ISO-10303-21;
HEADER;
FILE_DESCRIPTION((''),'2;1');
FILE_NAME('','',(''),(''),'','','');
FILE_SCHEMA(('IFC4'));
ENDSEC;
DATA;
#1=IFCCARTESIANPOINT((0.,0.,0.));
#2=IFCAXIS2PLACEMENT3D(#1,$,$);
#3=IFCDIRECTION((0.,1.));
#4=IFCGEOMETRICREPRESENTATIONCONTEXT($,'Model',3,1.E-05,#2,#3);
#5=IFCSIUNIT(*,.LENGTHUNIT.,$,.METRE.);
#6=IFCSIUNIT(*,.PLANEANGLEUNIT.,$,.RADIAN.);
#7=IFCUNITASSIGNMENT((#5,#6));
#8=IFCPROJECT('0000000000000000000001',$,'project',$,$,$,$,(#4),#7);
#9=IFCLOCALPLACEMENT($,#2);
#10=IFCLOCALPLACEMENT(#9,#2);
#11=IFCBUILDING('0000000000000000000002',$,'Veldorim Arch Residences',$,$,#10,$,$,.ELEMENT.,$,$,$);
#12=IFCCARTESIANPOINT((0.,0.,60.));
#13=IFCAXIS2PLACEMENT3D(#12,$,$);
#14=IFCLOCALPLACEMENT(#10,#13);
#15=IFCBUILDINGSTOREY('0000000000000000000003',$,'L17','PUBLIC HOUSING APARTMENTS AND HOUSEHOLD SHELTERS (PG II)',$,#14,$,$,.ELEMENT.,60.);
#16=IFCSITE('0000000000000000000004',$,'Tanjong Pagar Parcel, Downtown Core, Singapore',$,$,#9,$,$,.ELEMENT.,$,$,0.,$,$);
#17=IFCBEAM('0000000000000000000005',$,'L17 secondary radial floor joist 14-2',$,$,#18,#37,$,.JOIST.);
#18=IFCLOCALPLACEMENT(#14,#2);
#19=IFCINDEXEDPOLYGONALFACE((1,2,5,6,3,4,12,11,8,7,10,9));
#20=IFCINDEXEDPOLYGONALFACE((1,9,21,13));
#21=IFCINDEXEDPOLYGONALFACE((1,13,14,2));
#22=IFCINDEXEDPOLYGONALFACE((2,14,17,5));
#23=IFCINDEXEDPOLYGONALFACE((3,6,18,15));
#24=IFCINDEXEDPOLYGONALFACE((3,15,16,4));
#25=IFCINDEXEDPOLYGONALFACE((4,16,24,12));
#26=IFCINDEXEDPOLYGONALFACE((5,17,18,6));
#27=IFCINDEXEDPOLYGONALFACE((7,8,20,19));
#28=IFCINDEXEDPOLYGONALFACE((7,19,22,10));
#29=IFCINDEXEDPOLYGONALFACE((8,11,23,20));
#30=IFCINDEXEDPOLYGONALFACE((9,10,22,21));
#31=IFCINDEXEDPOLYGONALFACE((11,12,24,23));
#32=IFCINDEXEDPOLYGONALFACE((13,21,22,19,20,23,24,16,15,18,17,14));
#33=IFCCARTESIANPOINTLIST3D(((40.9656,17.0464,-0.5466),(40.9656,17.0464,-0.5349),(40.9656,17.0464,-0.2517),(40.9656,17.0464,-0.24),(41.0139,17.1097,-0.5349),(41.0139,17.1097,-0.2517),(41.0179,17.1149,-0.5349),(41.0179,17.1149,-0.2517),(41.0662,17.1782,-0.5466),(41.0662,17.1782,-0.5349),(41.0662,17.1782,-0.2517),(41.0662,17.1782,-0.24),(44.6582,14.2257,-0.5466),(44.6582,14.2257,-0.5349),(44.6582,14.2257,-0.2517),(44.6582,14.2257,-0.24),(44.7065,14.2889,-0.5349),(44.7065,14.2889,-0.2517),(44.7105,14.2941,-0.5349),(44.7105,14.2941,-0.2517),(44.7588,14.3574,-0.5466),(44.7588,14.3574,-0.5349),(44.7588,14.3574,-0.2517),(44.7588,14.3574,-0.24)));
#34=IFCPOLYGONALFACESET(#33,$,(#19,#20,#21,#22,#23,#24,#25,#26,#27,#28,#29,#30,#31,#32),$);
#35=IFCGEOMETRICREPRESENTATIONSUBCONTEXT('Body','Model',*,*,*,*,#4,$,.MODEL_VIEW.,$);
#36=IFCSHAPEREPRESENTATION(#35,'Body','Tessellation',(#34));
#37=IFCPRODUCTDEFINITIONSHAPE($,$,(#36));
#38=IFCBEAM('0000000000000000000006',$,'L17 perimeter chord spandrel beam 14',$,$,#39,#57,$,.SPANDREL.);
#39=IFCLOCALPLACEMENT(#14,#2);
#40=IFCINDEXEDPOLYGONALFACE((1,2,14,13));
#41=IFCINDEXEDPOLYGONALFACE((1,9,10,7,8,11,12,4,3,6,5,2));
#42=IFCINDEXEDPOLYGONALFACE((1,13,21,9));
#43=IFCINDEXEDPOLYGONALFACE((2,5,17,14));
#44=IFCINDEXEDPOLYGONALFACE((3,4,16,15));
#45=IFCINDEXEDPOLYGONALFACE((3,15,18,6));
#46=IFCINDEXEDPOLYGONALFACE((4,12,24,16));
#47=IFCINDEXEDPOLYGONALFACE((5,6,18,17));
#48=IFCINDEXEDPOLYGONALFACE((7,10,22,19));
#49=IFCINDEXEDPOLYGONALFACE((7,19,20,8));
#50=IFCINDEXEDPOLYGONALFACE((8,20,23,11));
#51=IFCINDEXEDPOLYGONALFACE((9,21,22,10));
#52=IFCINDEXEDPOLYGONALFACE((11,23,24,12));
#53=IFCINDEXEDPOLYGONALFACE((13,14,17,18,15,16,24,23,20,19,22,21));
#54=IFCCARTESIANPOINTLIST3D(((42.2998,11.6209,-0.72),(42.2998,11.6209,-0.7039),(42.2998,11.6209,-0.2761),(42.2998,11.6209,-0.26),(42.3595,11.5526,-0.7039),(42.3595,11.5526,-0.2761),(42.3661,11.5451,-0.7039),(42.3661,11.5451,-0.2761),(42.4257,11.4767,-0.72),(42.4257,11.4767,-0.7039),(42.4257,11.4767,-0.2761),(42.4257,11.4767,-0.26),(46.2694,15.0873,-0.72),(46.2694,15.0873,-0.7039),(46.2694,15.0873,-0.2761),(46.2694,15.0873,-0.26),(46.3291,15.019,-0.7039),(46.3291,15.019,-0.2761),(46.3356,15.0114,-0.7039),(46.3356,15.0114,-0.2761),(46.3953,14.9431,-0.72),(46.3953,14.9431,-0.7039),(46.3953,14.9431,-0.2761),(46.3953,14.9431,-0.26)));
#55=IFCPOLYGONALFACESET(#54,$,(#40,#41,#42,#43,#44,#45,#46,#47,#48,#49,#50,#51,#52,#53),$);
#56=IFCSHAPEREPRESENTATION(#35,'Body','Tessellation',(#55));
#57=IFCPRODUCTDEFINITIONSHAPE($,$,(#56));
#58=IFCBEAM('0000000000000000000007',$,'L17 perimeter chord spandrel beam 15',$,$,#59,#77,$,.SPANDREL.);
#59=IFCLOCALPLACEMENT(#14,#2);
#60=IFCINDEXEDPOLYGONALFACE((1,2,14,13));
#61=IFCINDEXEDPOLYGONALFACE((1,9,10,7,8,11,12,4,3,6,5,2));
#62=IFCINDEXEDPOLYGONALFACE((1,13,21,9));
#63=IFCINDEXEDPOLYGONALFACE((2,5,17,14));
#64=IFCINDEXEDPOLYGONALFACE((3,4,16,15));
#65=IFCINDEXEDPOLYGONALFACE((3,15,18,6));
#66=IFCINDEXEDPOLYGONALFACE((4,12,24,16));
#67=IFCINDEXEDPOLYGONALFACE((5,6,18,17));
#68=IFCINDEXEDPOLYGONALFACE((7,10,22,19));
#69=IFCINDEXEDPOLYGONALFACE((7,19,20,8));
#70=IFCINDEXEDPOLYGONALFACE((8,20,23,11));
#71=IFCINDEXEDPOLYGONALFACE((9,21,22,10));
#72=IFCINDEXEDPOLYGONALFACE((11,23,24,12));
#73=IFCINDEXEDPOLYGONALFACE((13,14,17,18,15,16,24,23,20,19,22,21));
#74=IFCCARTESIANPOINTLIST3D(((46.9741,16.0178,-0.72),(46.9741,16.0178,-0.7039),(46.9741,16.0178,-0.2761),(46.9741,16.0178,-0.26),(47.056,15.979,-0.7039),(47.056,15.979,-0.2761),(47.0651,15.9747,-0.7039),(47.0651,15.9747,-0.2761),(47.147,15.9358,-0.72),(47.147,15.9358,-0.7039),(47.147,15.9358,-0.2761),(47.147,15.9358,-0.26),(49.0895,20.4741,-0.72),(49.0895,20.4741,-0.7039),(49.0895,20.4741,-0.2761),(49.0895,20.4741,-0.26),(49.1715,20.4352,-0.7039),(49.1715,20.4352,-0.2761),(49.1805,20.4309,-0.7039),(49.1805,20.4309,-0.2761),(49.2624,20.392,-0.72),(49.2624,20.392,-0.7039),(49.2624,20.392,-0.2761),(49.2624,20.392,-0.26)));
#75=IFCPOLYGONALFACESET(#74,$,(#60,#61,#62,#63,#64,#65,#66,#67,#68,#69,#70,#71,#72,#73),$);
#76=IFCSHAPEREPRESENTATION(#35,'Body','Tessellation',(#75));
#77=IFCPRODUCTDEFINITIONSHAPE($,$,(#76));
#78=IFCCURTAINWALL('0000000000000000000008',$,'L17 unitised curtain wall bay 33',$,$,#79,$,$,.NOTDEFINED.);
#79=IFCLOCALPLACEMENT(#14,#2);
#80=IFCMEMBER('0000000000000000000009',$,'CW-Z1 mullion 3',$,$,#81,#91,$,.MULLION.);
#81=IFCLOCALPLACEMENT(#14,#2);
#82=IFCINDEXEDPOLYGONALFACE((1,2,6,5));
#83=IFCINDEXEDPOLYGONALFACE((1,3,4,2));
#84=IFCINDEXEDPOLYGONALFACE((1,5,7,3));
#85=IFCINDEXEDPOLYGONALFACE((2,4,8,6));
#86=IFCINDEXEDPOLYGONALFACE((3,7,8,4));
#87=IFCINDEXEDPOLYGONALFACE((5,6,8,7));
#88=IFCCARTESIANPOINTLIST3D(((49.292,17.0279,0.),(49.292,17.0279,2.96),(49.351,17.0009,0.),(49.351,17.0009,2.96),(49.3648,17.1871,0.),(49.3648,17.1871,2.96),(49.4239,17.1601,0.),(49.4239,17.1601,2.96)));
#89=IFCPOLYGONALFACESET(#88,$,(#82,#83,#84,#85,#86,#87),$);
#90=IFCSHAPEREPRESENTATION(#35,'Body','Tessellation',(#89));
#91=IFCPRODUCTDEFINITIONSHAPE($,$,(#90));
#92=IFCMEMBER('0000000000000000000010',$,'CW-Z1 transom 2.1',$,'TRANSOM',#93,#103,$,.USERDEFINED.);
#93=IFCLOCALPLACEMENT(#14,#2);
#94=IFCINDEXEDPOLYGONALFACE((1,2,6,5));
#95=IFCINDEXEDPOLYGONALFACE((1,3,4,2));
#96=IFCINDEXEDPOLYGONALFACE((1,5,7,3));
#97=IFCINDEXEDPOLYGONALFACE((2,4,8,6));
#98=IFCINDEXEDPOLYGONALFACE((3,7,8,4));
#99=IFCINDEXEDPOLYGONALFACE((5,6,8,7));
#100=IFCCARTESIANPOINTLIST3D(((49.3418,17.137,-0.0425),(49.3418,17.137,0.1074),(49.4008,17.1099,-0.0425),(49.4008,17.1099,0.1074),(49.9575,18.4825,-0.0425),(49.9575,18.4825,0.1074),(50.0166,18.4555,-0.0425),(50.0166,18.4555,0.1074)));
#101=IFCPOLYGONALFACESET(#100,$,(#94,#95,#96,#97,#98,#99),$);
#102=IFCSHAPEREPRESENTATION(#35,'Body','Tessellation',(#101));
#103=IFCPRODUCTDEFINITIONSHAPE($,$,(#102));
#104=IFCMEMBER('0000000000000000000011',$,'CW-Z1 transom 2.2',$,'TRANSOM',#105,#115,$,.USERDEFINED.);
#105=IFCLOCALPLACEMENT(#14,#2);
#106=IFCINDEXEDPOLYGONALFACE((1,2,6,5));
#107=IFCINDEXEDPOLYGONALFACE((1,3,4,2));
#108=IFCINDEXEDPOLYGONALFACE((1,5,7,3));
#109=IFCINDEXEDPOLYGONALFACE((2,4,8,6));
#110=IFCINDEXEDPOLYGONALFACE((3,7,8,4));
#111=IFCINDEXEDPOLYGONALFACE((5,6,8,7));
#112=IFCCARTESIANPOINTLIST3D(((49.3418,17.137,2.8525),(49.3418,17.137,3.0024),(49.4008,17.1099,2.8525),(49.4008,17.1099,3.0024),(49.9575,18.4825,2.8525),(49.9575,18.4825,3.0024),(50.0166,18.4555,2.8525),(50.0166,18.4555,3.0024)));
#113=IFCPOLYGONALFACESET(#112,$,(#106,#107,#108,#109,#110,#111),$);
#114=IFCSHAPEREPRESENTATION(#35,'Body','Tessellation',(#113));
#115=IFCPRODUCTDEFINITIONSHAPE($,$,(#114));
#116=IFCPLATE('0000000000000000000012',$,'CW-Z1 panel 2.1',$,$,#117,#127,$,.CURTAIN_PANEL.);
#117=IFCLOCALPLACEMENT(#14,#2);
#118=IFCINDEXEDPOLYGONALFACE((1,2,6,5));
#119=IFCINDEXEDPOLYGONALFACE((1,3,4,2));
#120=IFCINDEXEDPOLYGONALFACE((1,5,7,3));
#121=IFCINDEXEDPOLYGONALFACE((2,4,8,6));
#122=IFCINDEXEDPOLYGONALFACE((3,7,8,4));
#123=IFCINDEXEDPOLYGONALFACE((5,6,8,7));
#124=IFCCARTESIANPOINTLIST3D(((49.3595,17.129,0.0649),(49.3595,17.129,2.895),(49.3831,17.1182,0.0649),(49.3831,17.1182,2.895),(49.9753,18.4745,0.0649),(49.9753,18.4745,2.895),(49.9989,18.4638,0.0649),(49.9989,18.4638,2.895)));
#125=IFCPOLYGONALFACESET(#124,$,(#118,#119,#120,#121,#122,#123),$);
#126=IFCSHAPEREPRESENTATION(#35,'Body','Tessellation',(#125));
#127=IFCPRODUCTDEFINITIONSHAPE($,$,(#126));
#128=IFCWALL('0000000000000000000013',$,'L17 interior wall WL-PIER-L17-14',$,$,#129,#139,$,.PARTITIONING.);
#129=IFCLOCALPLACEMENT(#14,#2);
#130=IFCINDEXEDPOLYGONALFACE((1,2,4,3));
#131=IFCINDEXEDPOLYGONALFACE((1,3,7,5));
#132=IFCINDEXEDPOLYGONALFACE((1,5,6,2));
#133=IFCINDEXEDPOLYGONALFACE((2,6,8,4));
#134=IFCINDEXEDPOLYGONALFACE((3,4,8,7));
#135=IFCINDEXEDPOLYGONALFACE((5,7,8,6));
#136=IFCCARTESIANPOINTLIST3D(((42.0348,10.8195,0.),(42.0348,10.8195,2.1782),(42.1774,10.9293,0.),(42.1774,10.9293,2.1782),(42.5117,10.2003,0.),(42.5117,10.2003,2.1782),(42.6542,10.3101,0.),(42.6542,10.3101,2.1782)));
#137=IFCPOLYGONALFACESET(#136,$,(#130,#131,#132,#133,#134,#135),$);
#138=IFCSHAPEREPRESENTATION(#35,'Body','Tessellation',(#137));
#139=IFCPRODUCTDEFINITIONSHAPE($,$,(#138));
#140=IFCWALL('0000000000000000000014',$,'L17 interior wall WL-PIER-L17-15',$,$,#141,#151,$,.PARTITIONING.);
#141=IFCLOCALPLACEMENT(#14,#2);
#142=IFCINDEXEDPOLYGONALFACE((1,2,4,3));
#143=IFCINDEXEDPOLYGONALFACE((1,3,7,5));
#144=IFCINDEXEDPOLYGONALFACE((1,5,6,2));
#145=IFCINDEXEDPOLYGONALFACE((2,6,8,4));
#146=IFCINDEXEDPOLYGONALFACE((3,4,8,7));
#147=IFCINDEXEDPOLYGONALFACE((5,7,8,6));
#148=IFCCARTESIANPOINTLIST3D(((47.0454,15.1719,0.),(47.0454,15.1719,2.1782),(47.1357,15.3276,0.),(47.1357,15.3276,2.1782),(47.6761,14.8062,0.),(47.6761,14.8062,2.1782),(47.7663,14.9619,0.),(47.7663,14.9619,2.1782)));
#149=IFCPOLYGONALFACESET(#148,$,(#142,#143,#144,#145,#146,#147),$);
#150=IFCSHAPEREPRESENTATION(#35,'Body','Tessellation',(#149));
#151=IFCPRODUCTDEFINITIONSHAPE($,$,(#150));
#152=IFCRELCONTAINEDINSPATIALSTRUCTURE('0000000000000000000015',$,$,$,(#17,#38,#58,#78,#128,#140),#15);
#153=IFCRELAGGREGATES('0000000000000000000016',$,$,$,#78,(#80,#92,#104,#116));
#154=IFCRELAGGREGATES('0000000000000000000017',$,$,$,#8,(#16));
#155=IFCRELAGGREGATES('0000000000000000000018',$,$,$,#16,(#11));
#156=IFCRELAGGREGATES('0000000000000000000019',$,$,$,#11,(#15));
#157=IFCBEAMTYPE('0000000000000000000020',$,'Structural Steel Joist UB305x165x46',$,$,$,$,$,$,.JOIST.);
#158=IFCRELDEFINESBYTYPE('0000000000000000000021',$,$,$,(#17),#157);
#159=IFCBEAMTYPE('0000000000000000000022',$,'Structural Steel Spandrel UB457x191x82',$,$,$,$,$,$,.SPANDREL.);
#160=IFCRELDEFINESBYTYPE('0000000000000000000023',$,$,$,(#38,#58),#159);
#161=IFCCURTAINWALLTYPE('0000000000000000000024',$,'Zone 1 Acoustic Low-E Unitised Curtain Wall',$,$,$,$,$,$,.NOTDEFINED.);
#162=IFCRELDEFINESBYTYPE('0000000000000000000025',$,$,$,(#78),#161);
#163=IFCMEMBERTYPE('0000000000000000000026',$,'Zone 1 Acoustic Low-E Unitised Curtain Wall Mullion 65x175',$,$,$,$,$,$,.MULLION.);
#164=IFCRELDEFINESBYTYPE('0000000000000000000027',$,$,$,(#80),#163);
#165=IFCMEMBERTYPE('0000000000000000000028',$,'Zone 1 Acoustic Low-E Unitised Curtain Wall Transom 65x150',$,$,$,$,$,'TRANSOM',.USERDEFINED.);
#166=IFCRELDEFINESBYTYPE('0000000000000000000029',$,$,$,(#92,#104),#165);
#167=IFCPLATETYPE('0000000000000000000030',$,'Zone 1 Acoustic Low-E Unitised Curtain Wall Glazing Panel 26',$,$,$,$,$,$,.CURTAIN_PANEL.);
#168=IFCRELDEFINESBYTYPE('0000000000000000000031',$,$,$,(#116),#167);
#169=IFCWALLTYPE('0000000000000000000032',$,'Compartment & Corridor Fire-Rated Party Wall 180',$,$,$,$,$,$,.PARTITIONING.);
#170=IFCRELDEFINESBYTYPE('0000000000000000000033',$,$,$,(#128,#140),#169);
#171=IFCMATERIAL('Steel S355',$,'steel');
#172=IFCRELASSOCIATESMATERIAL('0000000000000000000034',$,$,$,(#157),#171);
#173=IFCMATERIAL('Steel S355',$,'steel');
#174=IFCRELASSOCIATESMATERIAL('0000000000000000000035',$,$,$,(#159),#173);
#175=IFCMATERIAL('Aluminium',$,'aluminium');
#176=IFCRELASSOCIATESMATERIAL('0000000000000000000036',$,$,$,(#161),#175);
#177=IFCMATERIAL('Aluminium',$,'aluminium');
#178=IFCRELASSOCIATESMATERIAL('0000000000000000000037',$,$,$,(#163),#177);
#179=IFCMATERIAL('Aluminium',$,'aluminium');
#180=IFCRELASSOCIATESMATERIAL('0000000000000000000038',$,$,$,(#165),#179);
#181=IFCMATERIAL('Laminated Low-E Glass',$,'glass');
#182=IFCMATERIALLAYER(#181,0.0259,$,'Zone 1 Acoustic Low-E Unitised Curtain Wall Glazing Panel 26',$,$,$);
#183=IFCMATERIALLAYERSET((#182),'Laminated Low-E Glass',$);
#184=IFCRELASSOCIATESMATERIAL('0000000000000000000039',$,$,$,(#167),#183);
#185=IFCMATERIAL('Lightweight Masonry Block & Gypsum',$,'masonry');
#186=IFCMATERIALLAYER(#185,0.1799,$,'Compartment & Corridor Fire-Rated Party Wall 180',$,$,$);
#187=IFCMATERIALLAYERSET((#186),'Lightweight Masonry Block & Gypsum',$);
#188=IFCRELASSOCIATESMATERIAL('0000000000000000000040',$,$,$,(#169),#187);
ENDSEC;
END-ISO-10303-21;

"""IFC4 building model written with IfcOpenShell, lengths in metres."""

from ifc_helpers import new_model, si_unit, direction, frame, frame_2d, origin, origin_2d, place, context, subcontext, project, spatial, rectangle, i_section, extrude, material, layer, layer_set, material_profile, profile_set, type_object, element, aggregate, save


model = new_model("IFC4")

# Units and contexts
model_context = context("Model", 3, precision=1e-05, world=origin(), true_north=direction((0.0, 1.0)))
body_context = subcontext(model_context, "Body", "Model", "MODEL_VIEW")
ifc_project = project(units=[si_unit("LENGTHUNIT", "METRE"), si_unit("PLANEANGLEUNIT", "RADIAN")], contexts=[model_context])

# Site, building, storey
site_placement = place(None, origin())
site = spatial("IfcSite", under=ifc_project, at=site_placement, Name="Tanjong Pagar Parcel, Downtown Core, Singapore", CompositionType="ELEMENT", RefElevation=0.0)
building_placement = place(site_placement, origin())
building = spatial("IfcBuilding", under=site, at=building_placement, Name="Veldorim Arch Residences", CompositionType="ELEMENT")
storey_placement = place(building_placement, frame((0.0, 0.0, 60.0)))
storey = spatial("IfcBuildingStorey", under=building, at=storey_placement, Name="L17", Description="PUBLIC HOUSING APARTMENTS AND HOUSEHOLD SHELTERS (PG II)", CompositionType="ELEMENT", Elevation=60.0)

# Beams
ifc_material_1 = material(Name="Steel S355", Category="steel")
ifc_material_profile_1 = material_profile(ifc_material_1, i_section(OverallWidth=0.1658, OverallDepth=0.3066, WebThickness=0.0066, FlangeThickness=0.0117, at=origin_2d()), Name="UB305x165x46")
ifc_profile_set_1 = profile_set([ifc_material_profile_1], Name="Steel S355")
beam_type_1 = type_object("IfcBeamType", Name="Structural Steel Joist UB305x165x46", PredefinedType="JOIST", material=ifc_profile_set_1)
beam_1_placement = place(storey_placement, frame((41.0159, 17.1123, -0.3933), z_axis=(0.794666, -0.607046, 0.0), x_axis=(0.607046, 0.794666, 0.0)))
element("IfcBeam", 1, at=beam_1_placement, inside=storey, type_object=beam_type_1, Name="L17 secondary radial floor joist 14-2", PredefinedType="JOIST", context=body_context, shape_type="SweptSolid", body=[
    extrude(i_section(OverallWidth=0.1658, OverallDepth=0.3066, WebThickness=0.0066, FlangeThickness=0.0117, at=origin_2d()), origin(), (0.0, 0.0, 1.0), 4.6467),
])
ifc_material_2 = material(Name="Steel S355", Category="steel")
ifc_material_profile_2 = material_profile(ifc_material_2, i_section(OverallWidth=0.1914, OverallDepth=0.46, WebThickness=0.01, FlangeThickness=0.0161, at=origin_2d()), Name="UB457x191x82")
ifc_profile_set_2 = profile_set([ifc_material_profile_2], Name="Steel S355")
beam_type_2 = type_object("IfcBeamType", Name="Structural Steel Spandrel UB457x191x82", PredefinedType="SPANDREL", material=ifc_profile_set_2)
beam_2_placement = place(storey_placement, frame((42.3628, 11.5488, -0.49), z_axis=(0.753234, 0.657753, 0.0), x_axis=(-0.657753, 0.753234, 0.0)))
element("IfcBeam", 2, at=beam_2_placement, inside=storey, type_object=beam_type_2, Name="L17 perimeter chord spandrel beam 14", PredefinedType="SPANDREL", context=body_context, shape_type="SweptSolid", body=[
    extrude(i_section(OverallWidth=0.1914, OverallDepth=0.46, WebThickness=0.01, FlangeThickness=0.0161, at=origin_2d()), origin(), (0.0, 0.0, 1.0), 5.27),
])
beam_3_placement = place(storey_placement, frame((47.0605, 15.9768, -0.49), z_axis=(0.428848, 0.903377, 0.0), x_axis=(-0.903377, 0.428848, 0.0)))
element("IfcBeam", 3, at=beam_3_placement, inside=storey, type_object=beam_type_2, Name="L17 perimeter chord spandrel beam 15", PredefinedType="SPANDREL", context=body_context, shape_type="SweptSolid", body=[
    extrude(i_section(OverallWidth=0.1914, OverallDepth=0.46, WebThickness=0.01, FlangeThickness=0.0161, at=origin_2d()), origin(), (0.0, 0.0, 1.0), 4.9329),
])

# Curtain wall, members, plate
ifc_material_3 = material(Name="Aluminium", Category="aluminium")
curtain_wall_type = type_object("IfcCurtainWallType", Name="Zone 1 Acoustic Low-E Unitised Curtain Wall", PredefinedType="NOTDEFINED", material=ifc_material_3)
curtain_wall_placement = place(storey_placement, origin())
curtain_wall = element("IfcCurtainWall", 4, at=curtain_wall_placement, inside=storey, type_object=curtain_wall_type, Name="L17 unitised curtain wall bay 33", PredefinedType="NOTDEFINED")
ifc_material_4 = material(Name="Aluminium", Category="aluminium")
ifc_material_profile_3 = material_profile(ifc_material_4, rectangle(XDim=0.0649, YDim=0.175, at=origin_2d()), Name="ALU_MUL_65x175")
ifc_profile_set_3 = profile_set([ifc_material_profile_3], Name="Aluminium")
member_type_1 = type_object("IfcMemberType", Name="Zone 1 Acoustic Low-E Unitised Curtain Wall Mullion 65x175", PredefinedType="MULLION", material=ifc_profile_set_3)
member_1_placement = place(storey_placement, frame((49.3579, 17.094, 0.0), z_axis=(0.0, 0.0, 1.0), x_axis=(0.909303, -0.416135, 0.0)))
member_1 = element("IfcMember", 5, at=member_1_placement, type_object=member_type_1, Name="CW-Z1 mullion 3", PredefinedType="MULLION", context=body_context, shape_type="SweptSolid", body=[
    extrude(rectangle(XDim=0.0649, YDim=0.175, at=origin_2d()), origin(), (0.0, 0.0, 1.0), 2.96),
])
ifc_material_5 = material(Name="Aluminium", Category="aluminium")
ifc_material_profile_4 = material_profile(ifc_material_5, rectangle(XDim=0.0649, YDim=0.1499, at=origin_2d()), Name="ALU_TRN_65x150")
ifc_profile_set_4 = profile_set([ifc_material_profile_4], Name="Aluminium")
member_type_2 = type_object("IfcMemberType", Name="Zone 1 Acoustic Low-E Unitised Curtain Wall Transom 65x150", ElementType="TRANSOM", PredefinedType="USERDEFINED", material=ifc_profile_set_4)
member_2_placement = place(storey_placement, frame((49.9871, 18.469, 0.0325), z_axis=(-0.416126, -0.909307, 0.0), x_axis=(0.909307, -0.416126, 0.0)))
member_2 = element("IfcMember", 6, at=member_2_placement, type_object=member_type_2, Name="CW-Z1 transom 2.1", ObjectType="TRANSOM", PredefinedType="USERDEFINED", context=body_context, shape_type="SweptSolid", body=[
    extrude(rectangle(XDim=0.0649, YDim=0.1499, at=origin_2d()), origin(), (0.0, 0.0, 1.0), 1.4797),
])
member_3_placement = place(storey_placement, frame((49.9871, 18.469, 2.9275), z_axis=(-0.416126, -0.909307, 0.0), x_axis=(0.909307, -0.416126, 0.0)))
member_3 = element("IfcMember", 7, at=member_3_placement, type_object=member_type_2, Name="CW-Z1 transom 2.2", ObjectType="TRANSOM", PredefinedType="USERDEFINED", context=body_context, shape_type="SweptSolid", body=[
    extrude(rectangle(XDim=0.0649, YDim=0.1499, at=origin_2d()), origin(), (0.0, 0.0, 1.0), 1.4797),
])
ifc_material_6 = material(Name="Laminated Low-E Glass", Category="glass")
ifc_layer_1 = layer(ifc_material_6, 0.0259, Name="Zone 1 Acoustic Low-E Unitised Curtain Wall Glazing Panel 26")
ifc_layer_set_1 = layer_set([ifc_layer_1], Name="Laminated Low-E Glass")
plate_type = type_object("IfcPlateType", Name="Zone 1 Acoustic Low-E Unitised Curtain Wall Glazing Panel 26", PredefinedType="CURTAIN_PANEL", material=ifc_layer_set_1)
plate_placement = place(storey_placement, frame((49.6792, 17.7964, 0.0649), z_axis=(0.0, 0.0, 1.0), x_axis=(-0.416135, -0.909303, 0.0)))
plate = element("IfcPlate", 8, at=plate_placement, type_object=plate_type, Name="CW-Z1 panel 2.1", PredefinedType="CURTAIN_PANEL", context=body_context, shape_type="SweptSolid", body=[
    extrude(rectangle(XDim=1.4797, YDim=0.0259, at=origin_2d()), origin(), (0.0, 0.0, 1.0), 2.8301),
])
aggregate(curtain_wall, [member_1, member_2, member_3, plate])

# Walls
ifc_material_7 = material(Name="Lightweight Masonry Block & Gypsum", Category="masonry")
ifc_layer_2 = layer(ifc_material_7, 0.1799, Name="Compartment & Corridor Fire-Rated Party Wall 180")
ifc_layer_set_2 = layer_set([ifc_layer_2], Name="Lightweight Masonry Block & Gypsum")
wall_type_1 = type_object("IfcWallType", Name="Compartment & Corridor Fire-Rated Party Wall 180", PredefinedType="PARTITIONING", material=ifc_layer_set_2)
wall_1_placement = place(storey_placement, frame((42.1062, 10.8743, 0.0), z_axis=(0.0, 0.0, 1.0), x_axis=(0.610149, -0.792287, 0.0)))
element("IfcWall", 9, at=wall_1_placement, inside=storey, type_object=wall_type_1, Name="L17 interior wall WL-PIER-L17-14", PredefinedType="PARTITIONING", context=body_context, shape_type="SweptSolid", body=[
    extrude(rectangle(XDim=0.7815, YDim=0.1799, at=frame_2d((0.3906, 0.0))), origin(), (0.0, 0.0, 1.0), 2.1782),
])
wall_2_placement = place(storey_placement, frame((47.0906, 15.2498, 0.0), z_axis=(0.0, 0.0, 1.0), x_axis=(0.865052, -0.501683, 0.0)))
element("IfcWall", 10, at=wall_2_placement, inside=storey, type_object=wall_type_1, Name="L17 interior wall WL-PIER-L17-15", PredefinedType="PARTITIONING", context=body_context, shape_type="SweptSolid", body=[
    extrude(rectangle(XDim=0.729, YDim=0.1799, at=frame_2d((0.3645, 0.0))), origin(), (0.0, 0.0, 1.0), 2.1782),
])

save(model, "model.ifc")
